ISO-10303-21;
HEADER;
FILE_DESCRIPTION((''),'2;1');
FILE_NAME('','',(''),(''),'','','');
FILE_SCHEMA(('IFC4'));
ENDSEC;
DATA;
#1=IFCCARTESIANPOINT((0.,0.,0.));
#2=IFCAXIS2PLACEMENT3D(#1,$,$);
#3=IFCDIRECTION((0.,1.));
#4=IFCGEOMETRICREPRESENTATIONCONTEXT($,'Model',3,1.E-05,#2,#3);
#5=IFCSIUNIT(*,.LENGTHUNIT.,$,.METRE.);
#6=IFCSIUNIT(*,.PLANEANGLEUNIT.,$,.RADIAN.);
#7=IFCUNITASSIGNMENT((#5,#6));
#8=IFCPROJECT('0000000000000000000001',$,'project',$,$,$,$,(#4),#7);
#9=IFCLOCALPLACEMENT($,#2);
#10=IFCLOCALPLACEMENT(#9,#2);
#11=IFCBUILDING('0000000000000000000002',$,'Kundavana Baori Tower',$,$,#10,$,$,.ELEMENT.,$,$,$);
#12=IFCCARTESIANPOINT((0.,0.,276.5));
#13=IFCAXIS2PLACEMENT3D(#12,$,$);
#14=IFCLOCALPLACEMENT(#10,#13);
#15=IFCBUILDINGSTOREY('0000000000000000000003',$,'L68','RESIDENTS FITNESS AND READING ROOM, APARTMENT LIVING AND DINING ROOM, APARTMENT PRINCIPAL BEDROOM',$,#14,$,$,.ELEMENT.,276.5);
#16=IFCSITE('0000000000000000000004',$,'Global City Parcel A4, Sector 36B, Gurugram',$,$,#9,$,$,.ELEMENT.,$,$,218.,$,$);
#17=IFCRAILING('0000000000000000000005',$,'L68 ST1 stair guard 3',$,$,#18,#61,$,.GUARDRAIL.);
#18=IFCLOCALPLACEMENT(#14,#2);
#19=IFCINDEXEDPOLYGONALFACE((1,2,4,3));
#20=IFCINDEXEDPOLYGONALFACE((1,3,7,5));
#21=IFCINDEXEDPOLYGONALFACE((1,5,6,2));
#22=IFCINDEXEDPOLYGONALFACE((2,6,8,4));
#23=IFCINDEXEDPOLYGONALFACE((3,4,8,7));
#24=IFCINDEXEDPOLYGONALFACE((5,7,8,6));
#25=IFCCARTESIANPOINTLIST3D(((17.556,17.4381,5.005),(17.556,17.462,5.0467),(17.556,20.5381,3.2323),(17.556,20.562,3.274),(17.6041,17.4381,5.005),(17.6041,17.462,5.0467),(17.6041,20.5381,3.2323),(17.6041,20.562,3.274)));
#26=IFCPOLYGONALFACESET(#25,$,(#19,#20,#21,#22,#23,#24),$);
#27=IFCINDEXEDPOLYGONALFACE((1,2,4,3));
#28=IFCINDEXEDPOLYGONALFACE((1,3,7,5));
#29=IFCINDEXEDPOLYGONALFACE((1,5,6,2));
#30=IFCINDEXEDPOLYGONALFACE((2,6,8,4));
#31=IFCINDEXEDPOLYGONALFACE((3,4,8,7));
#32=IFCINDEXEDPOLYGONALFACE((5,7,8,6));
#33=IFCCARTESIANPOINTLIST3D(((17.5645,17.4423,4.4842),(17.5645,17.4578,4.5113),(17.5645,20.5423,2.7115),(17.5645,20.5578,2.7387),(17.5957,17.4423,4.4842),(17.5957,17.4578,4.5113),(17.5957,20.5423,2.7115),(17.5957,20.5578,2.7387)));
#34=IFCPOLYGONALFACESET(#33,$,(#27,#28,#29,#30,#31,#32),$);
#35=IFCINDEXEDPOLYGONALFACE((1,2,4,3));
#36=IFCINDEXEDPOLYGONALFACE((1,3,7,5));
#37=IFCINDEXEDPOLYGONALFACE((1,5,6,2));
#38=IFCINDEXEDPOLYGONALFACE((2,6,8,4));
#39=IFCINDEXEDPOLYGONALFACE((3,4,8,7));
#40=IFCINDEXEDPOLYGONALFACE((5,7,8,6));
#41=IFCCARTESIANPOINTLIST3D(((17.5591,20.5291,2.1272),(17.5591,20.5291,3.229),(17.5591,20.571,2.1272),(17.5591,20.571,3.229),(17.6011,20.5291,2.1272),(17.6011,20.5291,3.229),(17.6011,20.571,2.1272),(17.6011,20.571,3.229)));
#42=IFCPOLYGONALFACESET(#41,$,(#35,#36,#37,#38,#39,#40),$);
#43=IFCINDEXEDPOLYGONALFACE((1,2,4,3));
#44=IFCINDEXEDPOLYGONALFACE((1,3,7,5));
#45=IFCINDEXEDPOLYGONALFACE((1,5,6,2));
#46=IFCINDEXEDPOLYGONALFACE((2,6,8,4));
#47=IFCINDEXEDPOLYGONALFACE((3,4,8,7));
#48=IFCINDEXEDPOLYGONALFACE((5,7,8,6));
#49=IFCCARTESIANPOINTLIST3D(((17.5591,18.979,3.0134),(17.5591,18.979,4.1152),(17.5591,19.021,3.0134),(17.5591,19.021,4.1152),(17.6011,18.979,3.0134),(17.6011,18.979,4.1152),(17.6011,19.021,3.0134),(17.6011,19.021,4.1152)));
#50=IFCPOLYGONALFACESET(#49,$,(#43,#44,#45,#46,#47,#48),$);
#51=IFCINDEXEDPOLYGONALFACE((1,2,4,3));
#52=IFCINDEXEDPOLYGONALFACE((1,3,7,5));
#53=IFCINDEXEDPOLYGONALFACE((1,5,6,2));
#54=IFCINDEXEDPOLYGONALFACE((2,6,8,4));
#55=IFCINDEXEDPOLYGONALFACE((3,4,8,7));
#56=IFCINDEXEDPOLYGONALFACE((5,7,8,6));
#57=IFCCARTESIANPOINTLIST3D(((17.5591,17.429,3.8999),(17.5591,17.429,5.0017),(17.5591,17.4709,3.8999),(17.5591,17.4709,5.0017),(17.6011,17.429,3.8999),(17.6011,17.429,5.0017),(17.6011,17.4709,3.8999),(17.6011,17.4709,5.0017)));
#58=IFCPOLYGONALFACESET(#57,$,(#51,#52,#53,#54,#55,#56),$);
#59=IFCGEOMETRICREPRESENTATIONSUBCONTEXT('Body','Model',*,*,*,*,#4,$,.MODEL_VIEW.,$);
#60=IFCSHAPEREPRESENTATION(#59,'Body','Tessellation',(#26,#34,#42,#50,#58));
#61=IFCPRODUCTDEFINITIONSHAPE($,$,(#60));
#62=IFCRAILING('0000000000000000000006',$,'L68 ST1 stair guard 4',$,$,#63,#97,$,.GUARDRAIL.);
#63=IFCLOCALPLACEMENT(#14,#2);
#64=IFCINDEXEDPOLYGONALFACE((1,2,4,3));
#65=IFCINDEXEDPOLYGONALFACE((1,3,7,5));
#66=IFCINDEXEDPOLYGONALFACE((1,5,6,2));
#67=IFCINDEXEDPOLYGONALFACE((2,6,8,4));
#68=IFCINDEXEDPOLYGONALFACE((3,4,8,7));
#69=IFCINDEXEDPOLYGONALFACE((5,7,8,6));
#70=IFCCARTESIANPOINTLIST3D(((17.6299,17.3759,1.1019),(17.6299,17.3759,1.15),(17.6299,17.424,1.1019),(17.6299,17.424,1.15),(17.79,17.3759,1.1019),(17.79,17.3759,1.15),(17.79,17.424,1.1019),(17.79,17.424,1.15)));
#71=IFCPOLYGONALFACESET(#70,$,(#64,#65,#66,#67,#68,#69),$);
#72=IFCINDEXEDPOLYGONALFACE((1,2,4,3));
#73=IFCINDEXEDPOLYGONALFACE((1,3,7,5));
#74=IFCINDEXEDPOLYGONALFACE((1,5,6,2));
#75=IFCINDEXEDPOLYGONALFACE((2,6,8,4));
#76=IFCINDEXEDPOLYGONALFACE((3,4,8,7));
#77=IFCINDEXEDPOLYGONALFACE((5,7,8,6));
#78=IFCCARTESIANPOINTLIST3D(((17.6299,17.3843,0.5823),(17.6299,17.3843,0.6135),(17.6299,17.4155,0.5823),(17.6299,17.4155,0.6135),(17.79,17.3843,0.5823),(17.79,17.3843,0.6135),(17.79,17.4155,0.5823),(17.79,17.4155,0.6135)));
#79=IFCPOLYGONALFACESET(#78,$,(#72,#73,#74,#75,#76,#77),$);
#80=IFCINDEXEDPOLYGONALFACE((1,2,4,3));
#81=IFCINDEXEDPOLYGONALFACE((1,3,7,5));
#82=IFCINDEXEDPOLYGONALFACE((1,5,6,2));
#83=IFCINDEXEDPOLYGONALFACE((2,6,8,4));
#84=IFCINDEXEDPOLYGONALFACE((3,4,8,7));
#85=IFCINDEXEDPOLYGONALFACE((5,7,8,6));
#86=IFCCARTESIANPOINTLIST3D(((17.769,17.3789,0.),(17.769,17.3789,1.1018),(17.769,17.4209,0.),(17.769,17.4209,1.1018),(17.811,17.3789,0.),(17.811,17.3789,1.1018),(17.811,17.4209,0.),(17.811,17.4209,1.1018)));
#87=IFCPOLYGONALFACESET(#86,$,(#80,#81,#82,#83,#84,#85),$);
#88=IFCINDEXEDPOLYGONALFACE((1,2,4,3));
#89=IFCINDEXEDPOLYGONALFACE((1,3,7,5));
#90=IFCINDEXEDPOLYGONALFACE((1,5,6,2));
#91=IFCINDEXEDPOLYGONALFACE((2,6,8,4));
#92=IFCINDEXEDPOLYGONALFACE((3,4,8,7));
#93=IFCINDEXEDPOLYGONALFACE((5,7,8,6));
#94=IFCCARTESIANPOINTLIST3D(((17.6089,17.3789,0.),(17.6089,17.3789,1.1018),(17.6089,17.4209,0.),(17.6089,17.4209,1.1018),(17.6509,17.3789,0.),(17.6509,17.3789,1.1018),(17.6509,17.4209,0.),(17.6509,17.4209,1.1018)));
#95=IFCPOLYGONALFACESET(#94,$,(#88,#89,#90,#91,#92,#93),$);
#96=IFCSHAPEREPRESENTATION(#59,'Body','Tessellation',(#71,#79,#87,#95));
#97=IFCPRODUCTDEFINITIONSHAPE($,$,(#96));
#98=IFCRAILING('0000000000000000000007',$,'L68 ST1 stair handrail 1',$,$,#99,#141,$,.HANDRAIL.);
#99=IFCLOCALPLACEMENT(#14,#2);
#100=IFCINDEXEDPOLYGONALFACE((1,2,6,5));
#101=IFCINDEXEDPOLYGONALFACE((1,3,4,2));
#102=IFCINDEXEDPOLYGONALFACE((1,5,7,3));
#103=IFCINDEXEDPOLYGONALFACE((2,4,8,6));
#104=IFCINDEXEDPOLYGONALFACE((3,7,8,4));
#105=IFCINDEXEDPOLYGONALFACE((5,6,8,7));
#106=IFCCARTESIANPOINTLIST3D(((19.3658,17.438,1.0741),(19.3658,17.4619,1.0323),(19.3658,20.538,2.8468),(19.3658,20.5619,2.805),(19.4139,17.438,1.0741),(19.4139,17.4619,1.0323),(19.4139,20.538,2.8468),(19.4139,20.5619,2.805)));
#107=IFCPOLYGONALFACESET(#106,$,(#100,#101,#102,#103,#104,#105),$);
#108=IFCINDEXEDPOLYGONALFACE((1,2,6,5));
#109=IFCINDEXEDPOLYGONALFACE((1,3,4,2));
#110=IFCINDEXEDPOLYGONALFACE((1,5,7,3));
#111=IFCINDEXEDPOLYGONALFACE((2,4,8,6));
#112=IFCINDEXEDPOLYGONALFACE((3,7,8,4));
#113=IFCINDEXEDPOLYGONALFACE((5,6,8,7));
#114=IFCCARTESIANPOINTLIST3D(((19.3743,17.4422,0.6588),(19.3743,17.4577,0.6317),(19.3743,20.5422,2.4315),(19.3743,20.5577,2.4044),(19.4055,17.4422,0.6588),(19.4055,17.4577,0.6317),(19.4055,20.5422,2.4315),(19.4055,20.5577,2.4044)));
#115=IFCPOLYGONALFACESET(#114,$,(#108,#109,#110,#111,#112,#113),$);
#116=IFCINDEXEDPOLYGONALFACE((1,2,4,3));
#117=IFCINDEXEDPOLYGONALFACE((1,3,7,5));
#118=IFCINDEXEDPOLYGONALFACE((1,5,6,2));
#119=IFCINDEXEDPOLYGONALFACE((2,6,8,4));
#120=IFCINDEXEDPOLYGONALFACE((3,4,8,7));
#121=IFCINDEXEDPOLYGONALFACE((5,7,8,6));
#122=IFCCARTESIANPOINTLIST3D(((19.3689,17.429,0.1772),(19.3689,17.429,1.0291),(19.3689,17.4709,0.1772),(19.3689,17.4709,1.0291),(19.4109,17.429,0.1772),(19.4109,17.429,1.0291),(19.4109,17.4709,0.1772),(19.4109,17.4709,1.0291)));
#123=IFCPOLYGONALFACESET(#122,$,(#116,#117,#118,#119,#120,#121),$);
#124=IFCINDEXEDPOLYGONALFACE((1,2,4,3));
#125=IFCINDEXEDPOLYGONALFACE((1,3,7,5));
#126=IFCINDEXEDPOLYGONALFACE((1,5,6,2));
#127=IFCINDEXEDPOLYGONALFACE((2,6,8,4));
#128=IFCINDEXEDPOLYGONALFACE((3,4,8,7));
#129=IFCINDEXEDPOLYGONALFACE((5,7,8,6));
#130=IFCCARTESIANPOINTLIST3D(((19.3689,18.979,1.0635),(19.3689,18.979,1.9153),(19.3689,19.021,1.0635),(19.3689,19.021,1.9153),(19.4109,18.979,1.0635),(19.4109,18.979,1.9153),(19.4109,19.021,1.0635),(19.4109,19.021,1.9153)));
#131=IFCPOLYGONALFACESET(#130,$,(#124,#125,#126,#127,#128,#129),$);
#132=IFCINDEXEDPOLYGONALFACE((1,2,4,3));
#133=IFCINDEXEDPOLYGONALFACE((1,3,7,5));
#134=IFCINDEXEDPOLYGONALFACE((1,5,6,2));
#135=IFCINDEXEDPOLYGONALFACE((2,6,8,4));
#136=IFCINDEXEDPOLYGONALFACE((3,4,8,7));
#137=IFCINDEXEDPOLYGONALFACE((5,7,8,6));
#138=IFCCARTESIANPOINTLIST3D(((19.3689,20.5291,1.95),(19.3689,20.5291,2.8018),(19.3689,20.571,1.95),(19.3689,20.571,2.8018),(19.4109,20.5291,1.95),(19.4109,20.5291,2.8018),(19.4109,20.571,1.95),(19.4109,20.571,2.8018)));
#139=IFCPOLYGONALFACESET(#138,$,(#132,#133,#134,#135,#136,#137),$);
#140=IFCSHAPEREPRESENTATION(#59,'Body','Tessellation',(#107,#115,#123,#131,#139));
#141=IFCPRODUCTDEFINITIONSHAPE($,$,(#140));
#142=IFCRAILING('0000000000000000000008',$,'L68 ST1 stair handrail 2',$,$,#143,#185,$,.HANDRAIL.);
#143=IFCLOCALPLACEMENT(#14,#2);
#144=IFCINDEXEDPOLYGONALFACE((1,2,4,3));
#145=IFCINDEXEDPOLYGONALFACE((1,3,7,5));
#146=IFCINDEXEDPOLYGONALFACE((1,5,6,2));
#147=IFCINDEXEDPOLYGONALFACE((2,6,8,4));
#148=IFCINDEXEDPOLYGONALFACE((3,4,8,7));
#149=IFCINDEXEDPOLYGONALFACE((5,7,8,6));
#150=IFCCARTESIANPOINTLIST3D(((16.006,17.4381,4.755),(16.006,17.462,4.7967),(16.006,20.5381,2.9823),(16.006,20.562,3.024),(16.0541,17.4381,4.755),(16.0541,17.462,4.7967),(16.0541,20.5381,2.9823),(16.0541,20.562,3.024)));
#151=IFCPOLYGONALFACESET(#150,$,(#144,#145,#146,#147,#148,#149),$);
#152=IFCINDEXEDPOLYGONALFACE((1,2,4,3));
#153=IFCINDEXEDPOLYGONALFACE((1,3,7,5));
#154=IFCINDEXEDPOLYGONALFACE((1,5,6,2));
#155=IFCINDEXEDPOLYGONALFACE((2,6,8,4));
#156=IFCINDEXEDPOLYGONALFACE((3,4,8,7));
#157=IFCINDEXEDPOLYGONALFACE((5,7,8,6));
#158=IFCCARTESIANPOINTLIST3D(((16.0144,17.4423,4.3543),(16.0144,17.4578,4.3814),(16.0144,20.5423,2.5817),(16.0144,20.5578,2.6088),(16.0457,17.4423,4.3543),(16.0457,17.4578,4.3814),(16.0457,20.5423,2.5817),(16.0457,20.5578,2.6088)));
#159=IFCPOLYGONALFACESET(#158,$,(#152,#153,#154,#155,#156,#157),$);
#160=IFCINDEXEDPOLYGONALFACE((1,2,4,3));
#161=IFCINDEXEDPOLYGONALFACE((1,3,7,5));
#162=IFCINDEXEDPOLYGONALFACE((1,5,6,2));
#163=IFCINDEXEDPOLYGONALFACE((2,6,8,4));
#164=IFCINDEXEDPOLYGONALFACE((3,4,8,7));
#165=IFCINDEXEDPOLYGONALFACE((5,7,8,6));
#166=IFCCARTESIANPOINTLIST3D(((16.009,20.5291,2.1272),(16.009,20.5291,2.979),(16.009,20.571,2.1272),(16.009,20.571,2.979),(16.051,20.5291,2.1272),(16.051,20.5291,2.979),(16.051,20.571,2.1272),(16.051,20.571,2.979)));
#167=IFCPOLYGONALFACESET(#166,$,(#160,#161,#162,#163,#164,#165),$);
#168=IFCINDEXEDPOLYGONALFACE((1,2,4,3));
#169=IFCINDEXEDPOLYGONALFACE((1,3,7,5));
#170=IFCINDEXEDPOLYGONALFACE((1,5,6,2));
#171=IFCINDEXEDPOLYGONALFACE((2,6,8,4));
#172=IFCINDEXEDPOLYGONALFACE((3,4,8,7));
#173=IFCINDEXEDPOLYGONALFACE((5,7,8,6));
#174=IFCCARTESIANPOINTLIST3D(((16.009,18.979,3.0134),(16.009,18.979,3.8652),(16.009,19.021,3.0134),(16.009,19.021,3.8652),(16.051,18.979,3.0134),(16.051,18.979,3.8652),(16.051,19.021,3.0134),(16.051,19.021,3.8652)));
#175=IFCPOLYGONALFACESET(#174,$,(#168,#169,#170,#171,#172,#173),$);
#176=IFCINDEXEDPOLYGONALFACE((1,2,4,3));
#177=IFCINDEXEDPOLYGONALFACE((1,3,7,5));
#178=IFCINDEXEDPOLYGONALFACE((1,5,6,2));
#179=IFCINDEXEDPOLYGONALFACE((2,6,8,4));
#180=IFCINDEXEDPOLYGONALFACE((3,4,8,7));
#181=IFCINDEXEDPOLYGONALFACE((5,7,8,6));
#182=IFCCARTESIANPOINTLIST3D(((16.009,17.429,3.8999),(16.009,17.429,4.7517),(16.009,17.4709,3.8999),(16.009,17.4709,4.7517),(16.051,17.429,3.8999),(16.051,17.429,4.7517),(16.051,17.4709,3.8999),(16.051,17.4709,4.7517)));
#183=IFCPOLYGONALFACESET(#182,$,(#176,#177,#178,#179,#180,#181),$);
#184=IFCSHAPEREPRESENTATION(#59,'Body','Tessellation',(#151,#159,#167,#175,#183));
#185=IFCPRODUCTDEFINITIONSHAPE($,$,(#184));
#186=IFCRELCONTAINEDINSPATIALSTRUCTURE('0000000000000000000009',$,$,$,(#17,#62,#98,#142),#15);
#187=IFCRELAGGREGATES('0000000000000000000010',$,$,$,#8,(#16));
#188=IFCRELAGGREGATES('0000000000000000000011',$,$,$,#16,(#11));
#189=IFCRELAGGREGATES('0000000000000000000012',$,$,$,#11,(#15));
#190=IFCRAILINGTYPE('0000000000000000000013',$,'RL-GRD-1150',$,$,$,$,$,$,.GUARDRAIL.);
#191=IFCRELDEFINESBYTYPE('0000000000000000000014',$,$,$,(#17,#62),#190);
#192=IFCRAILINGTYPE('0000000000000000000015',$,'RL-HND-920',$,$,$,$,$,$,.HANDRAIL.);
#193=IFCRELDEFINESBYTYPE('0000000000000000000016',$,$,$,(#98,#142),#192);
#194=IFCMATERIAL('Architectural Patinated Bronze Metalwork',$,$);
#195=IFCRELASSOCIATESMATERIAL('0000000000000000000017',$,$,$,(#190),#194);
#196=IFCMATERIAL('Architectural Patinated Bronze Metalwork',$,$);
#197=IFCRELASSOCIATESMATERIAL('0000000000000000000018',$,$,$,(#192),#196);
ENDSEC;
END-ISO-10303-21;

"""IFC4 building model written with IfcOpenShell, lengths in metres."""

from ifc_helpers import new_model, si_unit, direction, frame, origin, origin_2d, place, context, subcontext, project, spatial, rectangle, extrude, material, type_object, element, save


model = new_model("IFC4")

# Units and contexts
model_context = context("Model", 3, precision=1e-05, world=origin(), true_north=direction((0.0, 1.0)))
body_context = subcontext(model_context, "Body", "Model", "MODEL_VIEW")
ifc_project = project(units=[si_unit("LENGTHUNIT", "METRE"), si_unit("PLANEANGLEUNIT", "RADIAN")], contexts=[model_context])

# Site, building, storey
site_placement = place(None, origin())
site = spatial("IfcSite", under=ifc_project, at=site_placement, Name="Global City Parcel A4, Sector 36B, Gurugram", CompositionType="ELEMENT", RefElevation=218.0)
building_placement = place(site_placement, origin())
building = spatial("IfcBuilding", under=site, at=building_placement, Name="Kundavana Baori Tower", CompositionType="ELEMENT")
storey_placement = place(building_placement, frame((0.0, 0.0, 276.5)))
storey = spatial("IfcBuildingStorey", under=building, at=storey_placement, Name="L68", Description="RESIDENTS FITNESS AND READING ROOM, APARTMENT LIVING AND DINING ROOM, APARTMENT PRINCIPAL BEDROOM", CompositionType="ELEMENT", Elevation=276.5)

# Railings
ifc_material_1 = material(Name="Architectural Patinated Bronze Metalwork")
railing_type_1 = type_object("IfcRailingType", Name="RL-GRD-1150", PredefinedType="GUARDRAIL", material=ifc_material_1)
railing_1_placement = place(storey_placement, frame((17.5801, 20.55, 2.1272)))
element("IfcRailing", 1, at=railing_1_placement, inside=storey, type_object=railing_type_1, Name="L68 ST1 stair guard 3", PredefinedType="GUARDRAIL", context=body_context, shape_type="SweptSolid", body=[
    extrude(rectangle(XDim=0.0481, YDim=0.0481, at=origin_2d()), frame((0.0, 0.0, 1.126), z_axis=(0.0, -0.868096, 0.496397), x_axis=(1.0, 0.0, 0.0)), (0.0, 0.0, 1.0), 3.571),
    extrude(rectangle(XDim=0.0312, YDim=0.0312, at=origin_2d()), frame((0.0, 0.0, 0.5979), z_axis=(0.0, -0.868096, 0.496397), x_axis=(1.0, 0.0, 0.0)), (0.0, 0.0, 1.0), 3.571),
    extrude(rectangle(XDim=0.042, YDim=0.042, at=origin_2d()), origin(), (0.0, 0.0, 1.0), 1.1018),
    extrude(rectangle(XDim=0.042, YDim=0.042, at=origin_2d()), frame((0.0, -1.55, 0.8862)), (0.0, 0.0, 1.0), 1.1018),
    extrude(rectangle(XDim=0.042, YDim=0.042, at=origin_2d()), frame((0.0, -3.1001, 1.7727)), (0.0, 0.0, 1.0), 1.1018),
])
railing_2_placement = place(storey_placement, frame((17.79, 17.3999, 0.0)))
element("IfcRailing", 2, at=railing_2_placement, inside=storey, type_object=railing_type_1, Name="L68 ST1 stair guard 4", PredefinedType="GUARDRAIL", context=body_context, shape_type="SweptSolid", body=[
    extrude(rectangle(XDim=0.0481, YDim=0.0481, at=origin_2d()), frame((0.0, 0.0, 1.126), z_axis=(-1.0, 0.0, 0.0), x_axis=(0.0, -1.0, 0.0)), (0.0, 0.0, 1.0), 0.1602),
    extrude(rectangle(XDim=0.0312, YDim=0.0312, at=origin_2d()), frame((0.0, 0.0, 0.5979), z_axis=(-1.0, 0.0, 0.0), x_axis=(0.0, -1.0, 0.0)), (0.0, 0.0, 1.0), 0.1602),
    extrude(rectangle(XDim=0.042, YDim=0.042, at=origin_2d()), origin(), (0.0, 0.0, 1.0), 1.1018),
    extrude(rectangle(XDim=0.042, YDim=0.042, at=origin_2d()), frame((-0.1602, 0.0, 0.0)), (0.0, 0.0, 1.0), 1.1018),
])
ifc_material_2 = material(Name="Architectural Patinated Bronze Metalwork")
railing_type_2 = type_object("IfcRailingType", Name="RL-HND-920", PredefinedType="HANDRAIL", material=ifc_material_2)
railing_3_placement = place(storey_placement, frame((19.3899, 17.45, 0.1772)))
element("IfcRailing", 3, at=railing_3_placement, inside=storey, type_object=railing_type_2, Name="L68 ST1 stair handrail 1", PredefinedType="HANDRAIL", context=body_context, shape_type="SweptSolid", body=[
    extrude(rectangle(XDim=0.0481, YDim=0.0481, at=origin_2d()), frame((0.0, 0.0, 0.876), z_axis=(0.0, 0.868096, 0.496397), x_axis=(-1.0, 0.0, 0.0)), (0.0, 0.0, 1.0), 3.571),
    extrude(rectangle(XDim=0.0312, YDim=0.0312, at=origin_2d()), frame((0.0, 0.0, 0.468), z_axis=(0.0, 0.868096, 0.496397), x_axis=(-1.0, 0.0, 0.0)), (0.0, 0.0, 1.0), 3.571),
    extrude(rectangle(XDim=0.042, YDim=0.042, at=origin_2d()), origin(), (0.0, 0.0, 1.0), 0.8518),
    extrude(rectangle(XDim=0.042, YDim=0.042, at=origin_2d()), frame((0.0, 1.55, 0.8862)), (0.0, 0.0, 1.0), 0.8518),
    extrude(rectangle(XDim=0.042, YDim=0.042, at=origin_2d()), frame((0.0, 3.1001, 1.7727)), (0.0, 0.0, 1.0), 0.8518),
])
railing_4_placement = place(storey_placement, frame((16.03, 20.55, 2.1272)))
element("IfcRailing", 4, at=railing_4_placement, inside=storey, type_object=railing_type_2, Name="L68 ST1 stair handrail 2", PredefinedType="HANDRAIL", context=body_context, shape_type="SweptSolid", body=[
    extrude(rectangle(XDim=0.0481, YDim=0.0481, at=origin_2d()), frame((0.0, 0.0, 0.876), z_axis=(0.0, -0.868096, 0.496397), x_axis=(1.0, 0.0, 0.0)), (0.0, 0.0, 1.0), 3.571),
    extrude(rectangle(XDim=0.0312, YDim=0.0312, at=origin_2d()), frame((0.0, 0.0, 0.468), z_axis=(0.0, -0.868096, 0.496397), x_axis=(1.0, 0.0, 0.0)), (0.0, 0.0, 1.0), 3.571),
    extrude(rectangle(XDim=0.042, YDim=0.042, at=origin_2d()), origin(), (0.0, 0.0, 1.0), 0.8518),
    extrude(rectangle(XDim=0.042, YDim=0.042, at=origin_2d()), frame((0.0, -1.55, 0.8862)), (0.0, 0.0, 1.0), 0.8518),
    extrude(rectangle(XDim=0.042, YDim=0.042, at=origin_2d()), frame((0.0, -3.1001, 1.7727)), (0.0, 0.0, 1.0), 0.8518),
])

save(model, "model.ifc")
